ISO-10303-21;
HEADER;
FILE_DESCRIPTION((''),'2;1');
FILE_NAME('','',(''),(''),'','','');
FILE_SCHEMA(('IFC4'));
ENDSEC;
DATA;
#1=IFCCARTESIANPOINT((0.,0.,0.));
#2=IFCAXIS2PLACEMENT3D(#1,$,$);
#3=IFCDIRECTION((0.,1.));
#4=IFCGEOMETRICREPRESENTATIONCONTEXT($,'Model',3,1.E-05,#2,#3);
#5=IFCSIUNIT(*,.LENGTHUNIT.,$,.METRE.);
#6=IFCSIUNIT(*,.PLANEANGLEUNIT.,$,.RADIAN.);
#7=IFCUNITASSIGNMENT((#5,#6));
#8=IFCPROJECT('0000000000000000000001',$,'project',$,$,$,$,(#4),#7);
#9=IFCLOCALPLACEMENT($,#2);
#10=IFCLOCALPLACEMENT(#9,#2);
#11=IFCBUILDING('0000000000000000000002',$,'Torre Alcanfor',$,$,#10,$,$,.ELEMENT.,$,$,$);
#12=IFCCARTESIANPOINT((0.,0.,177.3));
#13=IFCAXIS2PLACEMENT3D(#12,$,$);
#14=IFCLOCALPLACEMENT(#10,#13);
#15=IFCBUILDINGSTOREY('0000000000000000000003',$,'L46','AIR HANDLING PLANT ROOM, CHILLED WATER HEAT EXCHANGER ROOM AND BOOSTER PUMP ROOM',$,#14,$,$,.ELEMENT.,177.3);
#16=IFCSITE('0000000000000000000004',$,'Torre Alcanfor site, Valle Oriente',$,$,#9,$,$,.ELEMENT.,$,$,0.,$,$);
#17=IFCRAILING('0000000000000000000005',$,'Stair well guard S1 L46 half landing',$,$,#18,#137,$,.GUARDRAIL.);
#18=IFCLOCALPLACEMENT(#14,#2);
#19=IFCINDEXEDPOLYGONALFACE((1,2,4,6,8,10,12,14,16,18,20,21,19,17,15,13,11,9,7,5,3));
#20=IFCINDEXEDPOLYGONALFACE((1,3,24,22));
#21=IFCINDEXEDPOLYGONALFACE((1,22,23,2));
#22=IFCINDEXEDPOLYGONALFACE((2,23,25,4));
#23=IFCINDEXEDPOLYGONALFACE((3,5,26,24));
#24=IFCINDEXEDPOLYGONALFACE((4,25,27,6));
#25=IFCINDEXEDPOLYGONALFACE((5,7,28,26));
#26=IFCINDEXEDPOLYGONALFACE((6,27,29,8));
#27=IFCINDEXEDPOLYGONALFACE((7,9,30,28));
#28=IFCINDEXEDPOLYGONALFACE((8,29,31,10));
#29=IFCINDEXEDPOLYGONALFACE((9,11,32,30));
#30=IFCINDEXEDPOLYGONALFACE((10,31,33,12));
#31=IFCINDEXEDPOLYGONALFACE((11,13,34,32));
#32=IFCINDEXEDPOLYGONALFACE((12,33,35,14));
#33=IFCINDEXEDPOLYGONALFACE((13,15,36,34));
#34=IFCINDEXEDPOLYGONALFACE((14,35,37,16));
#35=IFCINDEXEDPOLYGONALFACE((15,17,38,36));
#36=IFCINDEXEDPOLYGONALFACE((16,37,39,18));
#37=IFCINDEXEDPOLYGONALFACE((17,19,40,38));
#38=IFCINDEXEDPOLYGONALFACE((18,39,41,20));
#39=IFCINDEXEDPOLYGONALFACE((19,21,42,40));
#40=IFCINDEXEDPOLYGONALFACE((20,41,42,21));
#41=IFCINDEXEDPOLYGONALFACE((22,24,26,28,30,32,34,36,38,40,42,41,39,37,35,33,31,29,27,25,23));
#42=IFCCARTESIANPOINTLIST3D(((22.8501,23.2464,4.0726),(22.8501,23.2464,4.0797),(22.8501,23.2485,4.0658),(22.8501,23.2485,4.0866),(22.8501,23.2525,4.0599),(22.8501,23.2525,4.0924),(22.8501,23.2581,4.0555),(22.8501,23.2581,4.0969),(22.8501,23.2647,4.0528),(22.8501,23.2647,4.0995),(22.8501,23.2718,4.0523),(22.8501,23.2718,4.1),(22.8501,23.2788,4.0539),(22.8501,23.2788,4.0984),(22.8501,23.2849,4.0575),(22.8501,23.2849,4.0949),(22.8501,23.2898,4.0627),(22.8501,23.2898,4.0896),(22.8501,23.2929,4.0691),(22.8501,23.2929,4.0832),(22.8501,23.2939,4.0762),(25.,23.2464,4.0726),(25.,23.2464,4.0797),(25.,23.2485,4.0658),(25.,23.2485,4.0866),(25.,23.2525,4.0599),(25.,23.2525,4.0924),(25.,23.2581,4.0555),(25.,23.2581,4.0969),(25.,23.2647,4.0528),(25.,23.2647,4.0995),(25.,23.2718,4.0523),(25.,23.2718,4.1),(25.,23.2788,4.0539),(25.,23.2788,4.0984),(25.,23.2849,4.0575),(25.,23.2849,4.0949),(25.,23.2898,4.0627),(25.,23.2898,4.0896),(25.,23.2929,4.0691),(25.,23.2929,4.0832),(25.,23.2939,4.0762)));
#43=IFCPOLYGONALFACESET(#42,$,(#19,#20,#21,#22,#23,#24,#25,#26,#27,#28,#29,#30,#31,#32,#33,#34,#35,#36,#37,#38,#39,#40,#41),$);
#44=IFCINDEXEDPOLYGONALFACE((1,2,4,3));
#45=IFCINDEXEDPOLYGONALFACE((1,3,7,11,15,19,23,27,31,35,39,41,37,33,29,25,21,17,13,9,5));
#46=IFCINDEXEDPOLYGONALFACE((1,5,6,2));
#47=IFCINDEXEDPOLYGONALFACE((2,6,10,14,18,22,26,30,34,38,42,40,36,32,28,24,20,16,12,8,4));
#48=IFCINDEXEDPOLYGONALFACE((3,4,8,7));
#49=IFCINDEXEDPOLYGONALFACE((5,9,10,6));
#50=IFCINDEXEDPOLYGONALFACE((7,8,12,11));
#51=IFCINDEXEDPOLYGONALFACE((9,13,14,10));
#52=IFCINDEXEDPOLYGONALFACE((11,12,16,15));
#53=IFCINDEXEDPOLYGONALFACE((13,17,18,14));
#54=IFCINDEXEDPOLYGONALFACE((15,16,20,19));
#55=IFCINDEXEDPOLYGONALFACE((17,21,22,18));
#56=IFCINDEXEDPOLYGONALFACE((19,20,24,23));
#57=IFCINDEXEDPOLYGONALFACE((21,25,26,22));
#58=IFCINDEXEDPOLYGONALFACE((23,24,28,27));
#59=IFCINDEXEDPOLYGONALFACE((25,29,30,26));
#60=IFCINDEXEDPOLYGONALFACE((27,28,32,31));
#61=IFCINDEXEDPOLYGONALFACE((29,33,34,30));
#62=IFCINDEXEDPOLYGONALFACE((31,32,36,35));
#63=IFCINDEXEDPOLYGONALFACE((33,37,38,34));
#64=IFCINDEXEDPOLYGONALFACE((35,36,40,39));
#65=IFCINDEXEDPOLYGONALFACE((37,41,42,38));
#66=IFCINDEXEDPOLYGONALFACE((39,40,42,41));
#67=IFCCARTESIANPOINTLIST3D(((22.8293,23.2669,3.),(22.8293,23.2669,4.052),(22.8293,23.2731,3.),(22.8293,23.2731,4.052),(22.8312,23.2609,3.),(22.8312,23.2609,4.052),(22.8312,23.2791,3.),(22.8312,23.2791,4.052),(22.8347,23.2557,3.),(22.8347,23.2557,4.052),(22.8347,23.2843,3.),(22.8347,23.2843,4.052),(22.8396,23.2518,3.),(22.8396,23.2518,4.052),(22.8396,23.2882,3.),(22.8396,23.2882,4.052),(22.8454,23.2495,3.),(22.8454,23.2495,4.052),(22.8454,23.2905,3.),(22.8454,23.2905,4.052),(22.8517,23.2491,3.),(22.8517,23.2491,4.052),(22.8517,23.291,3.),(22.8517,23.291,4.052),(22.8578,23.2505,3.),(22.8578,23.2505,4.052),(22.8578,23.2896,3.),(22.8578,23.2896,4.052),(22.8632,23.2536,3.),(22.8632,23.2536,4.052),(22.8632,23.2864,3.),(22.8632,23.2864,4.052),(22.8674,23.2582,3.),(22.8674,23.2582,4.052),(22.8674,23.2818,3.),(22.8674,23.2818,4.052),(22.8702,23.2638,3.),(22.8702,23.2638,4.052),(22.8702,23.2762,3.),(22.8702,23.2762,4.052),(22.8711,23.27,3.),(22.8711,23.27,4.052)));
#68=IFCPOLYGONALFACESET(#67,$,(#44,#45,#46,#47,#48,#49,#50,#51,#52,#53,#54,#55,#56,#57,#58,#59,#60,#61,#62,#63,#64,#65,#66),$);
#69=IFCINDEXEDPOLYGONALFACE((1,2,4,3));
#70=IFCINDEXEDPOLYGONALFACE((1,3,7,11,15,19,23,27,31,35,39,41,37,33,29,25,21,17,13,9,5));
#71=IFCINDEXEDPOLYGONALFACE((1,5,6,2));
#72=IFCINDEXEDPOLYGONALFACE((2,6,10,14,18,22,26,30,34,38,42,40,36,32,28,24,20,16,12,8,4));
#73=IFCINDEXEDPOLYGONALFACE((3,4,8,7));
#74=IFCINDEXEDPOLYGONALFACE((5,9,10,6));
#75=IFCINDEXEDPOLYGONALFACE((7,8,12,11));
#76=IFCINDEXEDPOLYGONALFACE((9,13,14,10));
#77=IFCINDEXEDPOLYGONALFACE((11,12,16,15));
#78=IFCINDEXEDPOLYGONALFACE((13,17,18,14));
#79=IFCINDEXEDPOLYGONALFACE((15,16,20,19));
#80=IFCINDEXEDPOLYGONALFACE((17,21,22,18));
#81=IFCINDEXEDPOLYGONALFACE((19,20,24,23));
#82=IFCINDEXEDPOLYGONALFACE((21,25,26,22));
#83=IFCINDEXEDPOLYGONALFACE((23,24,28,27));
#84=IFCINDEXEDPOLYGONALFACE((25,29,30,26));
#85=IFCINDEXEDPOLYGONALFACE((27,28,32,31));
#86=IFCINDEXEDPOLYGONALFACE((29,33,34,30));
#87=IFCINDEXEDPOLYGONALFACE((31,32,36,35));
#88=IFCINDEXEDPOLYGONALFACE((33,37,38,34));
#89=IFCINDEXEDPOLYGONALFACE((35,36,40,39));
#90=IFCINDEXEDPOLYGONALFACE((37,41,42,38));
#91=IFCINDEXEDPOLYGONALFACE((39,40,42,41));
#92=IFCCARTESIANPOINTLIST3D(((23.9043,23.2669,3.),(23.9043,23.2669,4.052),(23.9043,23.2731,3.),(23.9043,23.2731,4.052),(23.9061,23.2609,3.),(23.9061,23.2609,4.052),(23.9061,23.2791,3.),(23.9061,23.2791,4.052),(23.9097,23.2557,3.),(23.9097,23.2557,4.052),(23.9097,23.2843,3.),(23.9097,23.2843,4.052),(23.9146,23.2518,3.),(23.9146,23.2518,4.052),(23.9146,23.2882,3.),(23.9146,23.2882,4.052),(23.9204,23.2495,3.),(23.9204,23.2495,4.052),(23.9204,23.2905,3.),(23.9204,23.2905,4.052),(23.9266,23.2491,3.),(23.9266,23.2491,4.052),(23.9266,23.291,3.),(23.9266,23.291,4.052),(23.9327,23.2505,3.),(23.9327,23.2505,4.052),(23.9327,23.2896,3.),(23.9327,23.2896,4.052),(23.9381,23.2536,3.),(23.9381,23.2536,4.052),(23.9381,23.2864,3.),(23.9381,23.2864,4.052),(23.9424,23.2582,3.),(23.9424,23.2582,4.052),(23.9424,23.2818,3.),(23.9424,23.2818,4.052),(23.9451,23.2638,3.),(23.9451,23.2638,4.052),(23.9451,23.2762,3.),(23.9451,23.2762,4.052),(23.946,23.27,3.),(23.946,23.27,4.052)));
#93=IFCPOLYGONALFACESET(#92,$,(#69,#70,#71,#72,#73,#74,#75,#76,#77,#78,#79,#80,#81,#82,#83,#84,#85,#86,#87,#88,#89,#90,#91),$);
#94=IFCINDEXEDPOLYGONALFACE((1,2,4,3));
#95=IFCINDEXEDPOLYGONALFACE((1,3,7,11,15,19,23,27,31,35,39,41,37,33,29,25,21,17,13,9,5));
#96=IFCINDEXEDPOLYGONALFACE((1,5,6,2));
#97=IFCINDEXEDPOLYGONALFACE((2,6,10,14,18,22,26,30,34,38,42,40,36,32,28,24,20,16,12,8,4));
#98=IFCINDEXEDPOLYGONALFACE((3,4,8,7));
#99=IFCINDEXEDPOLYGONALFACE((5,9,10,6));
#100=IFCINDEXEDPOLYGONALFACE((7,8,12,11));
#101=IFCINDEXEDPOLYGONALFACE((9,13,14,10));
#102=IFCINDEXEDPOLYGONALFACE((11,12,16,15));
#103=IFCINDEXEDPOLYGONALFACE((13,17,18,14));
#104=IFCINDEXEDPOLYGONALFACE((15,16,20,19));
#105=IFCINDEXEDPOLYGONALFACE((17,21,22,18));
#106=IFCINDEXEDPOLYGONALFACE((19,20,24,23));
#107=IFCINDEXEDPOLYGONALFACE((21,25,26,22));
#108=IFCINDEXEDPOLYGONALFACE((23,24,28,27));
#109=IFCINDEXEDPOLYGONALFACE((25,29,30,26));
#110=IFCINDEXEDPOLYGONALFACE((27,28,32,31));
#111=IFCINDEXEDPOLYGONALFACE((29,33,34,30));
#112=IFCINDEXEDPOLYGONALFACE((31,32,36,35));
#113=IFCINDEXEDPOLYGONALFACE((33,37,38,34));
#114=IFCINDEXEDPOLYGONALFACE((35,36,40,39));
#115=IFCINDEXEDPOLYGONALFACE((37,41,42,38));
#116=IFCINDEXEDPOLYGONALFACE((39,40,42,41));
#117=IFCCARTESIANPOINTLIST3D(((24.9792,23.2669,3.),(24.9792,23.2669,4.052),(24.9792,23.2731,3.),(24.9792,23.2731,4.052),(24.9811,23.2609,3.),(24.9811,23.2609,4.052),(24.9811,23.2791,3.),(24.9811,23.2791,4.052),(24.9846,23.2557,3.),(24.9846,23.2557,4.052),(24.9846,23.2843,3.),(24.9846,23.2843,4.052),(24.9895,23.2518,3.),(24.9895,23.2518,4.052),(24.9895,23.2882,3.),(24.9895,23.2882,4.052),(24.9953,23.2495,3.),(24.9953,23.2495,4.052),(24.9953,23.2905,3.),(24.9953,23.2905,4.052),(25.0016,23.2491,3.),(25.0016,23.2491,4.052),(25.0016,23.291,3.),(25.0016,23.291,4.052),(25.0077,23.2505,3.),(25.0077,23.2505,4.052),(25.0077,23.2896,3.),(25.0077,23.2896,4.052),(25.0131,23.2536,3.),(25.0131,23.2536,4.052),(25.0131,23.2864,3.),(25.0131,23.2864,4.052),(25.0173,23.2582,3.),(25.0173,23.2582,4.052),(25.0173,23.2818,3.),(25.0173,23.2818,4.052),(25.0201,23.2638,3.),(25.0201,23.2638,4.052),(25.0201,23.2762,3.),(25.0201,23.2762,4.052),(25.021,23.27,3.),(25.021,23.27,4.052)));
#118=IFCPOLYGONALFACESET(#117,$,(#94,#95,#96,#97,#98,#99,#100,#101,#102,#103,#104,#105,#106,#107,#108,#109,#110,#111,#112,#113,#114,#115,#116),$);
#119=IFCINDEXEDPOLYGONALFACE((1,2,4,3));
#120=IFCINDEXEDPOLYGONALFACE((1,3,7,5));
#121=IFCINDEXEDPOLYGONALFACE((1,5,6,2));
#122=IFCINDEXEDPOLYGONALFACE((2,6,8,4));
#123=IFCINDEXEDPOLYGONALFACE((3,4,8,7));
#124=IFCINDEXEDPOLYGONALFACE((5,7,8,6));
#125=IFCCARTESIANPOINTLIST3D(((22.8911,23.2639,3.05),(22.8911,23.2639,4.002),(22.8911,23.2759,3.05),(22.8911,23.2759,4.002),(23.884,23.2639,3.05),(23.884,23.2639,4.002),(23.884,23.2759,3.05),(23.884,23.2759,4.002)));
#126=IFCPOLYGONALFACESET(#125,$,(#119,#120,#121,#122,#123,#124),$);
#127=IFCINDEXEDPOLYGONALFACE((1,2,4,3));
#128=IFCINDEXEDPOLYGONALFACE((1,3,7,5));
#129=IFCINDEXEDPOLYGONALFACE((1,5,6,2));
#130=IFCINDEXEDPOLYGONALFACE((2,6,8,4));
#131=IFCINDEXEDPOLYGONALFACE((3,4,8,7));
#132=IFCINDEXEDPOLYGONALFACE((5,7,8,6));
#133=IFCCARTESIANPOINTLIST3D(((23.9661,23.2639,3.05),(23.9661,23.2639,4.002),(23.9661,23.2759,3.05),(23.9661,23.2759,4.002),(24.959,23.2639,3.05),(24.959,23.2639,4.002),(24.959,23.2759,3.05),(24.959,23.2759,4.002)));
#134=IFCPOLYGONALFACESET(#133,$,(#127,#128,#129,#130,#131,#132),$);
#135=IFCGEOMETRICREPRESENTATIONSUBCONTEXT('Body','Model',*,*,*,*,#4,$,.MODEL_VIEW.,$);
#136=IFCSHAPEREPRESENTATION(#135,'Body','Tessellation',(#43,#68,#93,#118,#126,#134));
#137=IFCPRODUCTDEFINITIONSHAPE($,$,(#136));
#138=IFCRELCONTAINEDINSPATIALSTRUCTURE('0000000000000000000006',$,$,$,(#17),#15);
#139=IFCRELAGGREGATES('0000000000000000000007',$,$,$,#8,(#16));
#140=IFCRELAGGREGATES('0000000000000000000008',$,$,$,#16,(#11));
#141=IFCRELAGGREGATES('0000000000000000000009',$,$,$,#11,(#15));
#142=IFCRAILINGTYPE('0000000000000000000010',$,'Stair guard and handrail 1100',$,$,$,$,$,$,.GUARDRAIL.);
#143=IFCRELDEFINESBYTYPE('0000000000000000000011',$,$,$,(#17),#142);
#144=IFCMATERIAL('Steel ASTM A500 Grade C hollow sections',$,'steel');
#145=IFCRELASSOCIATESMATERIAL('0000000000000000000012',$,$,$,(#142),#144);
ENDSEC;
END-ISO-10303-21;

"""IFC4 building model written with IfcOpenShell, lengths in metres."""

from ifc_helpers import new_model, si_unit, direction, frame, origin, origin_2d, place, context, subcontext, project, spatial, polyline, circle, outline, extrude, material, type_object, element, save


model = new_model("IFC4")

# Units and contexts
model_context = context("Model", 3, precision=1e-05, world=origin(), true_north=direction((0.0, 1.0)))
body_context = subcontext(model_context, "Body", "Model", "MODEL_VIEW")
ifc_project = project(units=[si_unit("LENGTHUNIT", "METRE"), si_unit("PLANEANGLEUNIT", "RADIAN")], contexts=[model_context])

# Site, building, storey
site_placement = place(None, origin())
site = spatial("IfcSite", under=ifc_project, at=site_placement, Name="Torre Alcanfor site, Valle Oriente", CompositionType="ELEMENT", RefElevation=0.0)
building_placement = place(site_placement, origin())
building = spatial("IfcBuilding", under=site, at=building_placement, Name="Torre Alcanfor", CompositionType="ELEMENT")
storey_placement = place(building_placement, frame((0.0, 0.0, 177.3)))
storey = spatial("IfcBuildingStorey", under=building, at=storey_placement, Name="L46", Description="AIR HANDLING PLANT ROOM, CHILLED WATER HEAT EXCHANGER ROOM AND BOOSTER PUMP ROOM", CompositionType="ELEMENT", Elevation=177.3)

# Railing
ifc_material_1 = material(Name="Steel ASTM A500 Grade C hollow sections", Category="steel")
railing_type_1 = type_object("IfcRailingType", Name="Stair guard and handrail 1100", PredefinedType="GUARDRAIL", material=ifc_material_1)
for number, where, name in (
    (1, (22.8501, 23.27, 3.0), "Stair well guard S1 L46 half landing"),
):
    element("IfcRailing", number, at=place(storey_placement, frame(where)), inside=storey, type_object=railing_type_1, Name=name, PredefinedType="GUARDRAIL", context=body_context, shape_type="SweptSolid", body=[
        extrude(circle(Radius=0.0239, at=origin_2d()), frame((0.0, 0.0, 1.0762), z_axis=(1.0, 0.0, 0.0), x_axis=(0.0, 1.0, 0.0)), (0.0, 0.0, 1.0), 2.1499),
        extrude(circle(Radius=0.021, at=origin_2d()), origin(), (0.0, 0.0, 1.0), 1.052),
        extrude(circle(Radius=0.021, at=origin_2d()), frame((1.075, 0.0, 0.0)), (0.0, 0.0, 1.0), 1.052),
        extrude(circle(Radius=0.021, at=origin_2d()), frame((2.1499, 0.0, 0.0)), (0.0, 0.0, 1.0), 1.052),
        extrude(outline(polyline([(0.041, 0.05), (1.0339, 0.05), (1.0339, 1.002), (0.041, 1.002), (0.041, 0.05)])), frame((0.0, 0.0059, 0.0), z_axis=(0.0, -1.0, 0.0), x_axis=(1.0, 0.0, 0.0)), (0.0, 0.0, 1.0), 0.012),
        extrude(outline(polyline([(1.116, 0.05), (2.1089, 0.05), (2.1089, 1.002), (1.116, 1.002), (1.116, 0.05)])), frame((0.0, 0.0059, 0.0), z_axis=(0.0, -1.0, 0.0), x_axis=(1.0, 0.0, 0.0)), (0.0, 0.0, 1.0), 0.012),
    ])

save(model, "model.ifc")
